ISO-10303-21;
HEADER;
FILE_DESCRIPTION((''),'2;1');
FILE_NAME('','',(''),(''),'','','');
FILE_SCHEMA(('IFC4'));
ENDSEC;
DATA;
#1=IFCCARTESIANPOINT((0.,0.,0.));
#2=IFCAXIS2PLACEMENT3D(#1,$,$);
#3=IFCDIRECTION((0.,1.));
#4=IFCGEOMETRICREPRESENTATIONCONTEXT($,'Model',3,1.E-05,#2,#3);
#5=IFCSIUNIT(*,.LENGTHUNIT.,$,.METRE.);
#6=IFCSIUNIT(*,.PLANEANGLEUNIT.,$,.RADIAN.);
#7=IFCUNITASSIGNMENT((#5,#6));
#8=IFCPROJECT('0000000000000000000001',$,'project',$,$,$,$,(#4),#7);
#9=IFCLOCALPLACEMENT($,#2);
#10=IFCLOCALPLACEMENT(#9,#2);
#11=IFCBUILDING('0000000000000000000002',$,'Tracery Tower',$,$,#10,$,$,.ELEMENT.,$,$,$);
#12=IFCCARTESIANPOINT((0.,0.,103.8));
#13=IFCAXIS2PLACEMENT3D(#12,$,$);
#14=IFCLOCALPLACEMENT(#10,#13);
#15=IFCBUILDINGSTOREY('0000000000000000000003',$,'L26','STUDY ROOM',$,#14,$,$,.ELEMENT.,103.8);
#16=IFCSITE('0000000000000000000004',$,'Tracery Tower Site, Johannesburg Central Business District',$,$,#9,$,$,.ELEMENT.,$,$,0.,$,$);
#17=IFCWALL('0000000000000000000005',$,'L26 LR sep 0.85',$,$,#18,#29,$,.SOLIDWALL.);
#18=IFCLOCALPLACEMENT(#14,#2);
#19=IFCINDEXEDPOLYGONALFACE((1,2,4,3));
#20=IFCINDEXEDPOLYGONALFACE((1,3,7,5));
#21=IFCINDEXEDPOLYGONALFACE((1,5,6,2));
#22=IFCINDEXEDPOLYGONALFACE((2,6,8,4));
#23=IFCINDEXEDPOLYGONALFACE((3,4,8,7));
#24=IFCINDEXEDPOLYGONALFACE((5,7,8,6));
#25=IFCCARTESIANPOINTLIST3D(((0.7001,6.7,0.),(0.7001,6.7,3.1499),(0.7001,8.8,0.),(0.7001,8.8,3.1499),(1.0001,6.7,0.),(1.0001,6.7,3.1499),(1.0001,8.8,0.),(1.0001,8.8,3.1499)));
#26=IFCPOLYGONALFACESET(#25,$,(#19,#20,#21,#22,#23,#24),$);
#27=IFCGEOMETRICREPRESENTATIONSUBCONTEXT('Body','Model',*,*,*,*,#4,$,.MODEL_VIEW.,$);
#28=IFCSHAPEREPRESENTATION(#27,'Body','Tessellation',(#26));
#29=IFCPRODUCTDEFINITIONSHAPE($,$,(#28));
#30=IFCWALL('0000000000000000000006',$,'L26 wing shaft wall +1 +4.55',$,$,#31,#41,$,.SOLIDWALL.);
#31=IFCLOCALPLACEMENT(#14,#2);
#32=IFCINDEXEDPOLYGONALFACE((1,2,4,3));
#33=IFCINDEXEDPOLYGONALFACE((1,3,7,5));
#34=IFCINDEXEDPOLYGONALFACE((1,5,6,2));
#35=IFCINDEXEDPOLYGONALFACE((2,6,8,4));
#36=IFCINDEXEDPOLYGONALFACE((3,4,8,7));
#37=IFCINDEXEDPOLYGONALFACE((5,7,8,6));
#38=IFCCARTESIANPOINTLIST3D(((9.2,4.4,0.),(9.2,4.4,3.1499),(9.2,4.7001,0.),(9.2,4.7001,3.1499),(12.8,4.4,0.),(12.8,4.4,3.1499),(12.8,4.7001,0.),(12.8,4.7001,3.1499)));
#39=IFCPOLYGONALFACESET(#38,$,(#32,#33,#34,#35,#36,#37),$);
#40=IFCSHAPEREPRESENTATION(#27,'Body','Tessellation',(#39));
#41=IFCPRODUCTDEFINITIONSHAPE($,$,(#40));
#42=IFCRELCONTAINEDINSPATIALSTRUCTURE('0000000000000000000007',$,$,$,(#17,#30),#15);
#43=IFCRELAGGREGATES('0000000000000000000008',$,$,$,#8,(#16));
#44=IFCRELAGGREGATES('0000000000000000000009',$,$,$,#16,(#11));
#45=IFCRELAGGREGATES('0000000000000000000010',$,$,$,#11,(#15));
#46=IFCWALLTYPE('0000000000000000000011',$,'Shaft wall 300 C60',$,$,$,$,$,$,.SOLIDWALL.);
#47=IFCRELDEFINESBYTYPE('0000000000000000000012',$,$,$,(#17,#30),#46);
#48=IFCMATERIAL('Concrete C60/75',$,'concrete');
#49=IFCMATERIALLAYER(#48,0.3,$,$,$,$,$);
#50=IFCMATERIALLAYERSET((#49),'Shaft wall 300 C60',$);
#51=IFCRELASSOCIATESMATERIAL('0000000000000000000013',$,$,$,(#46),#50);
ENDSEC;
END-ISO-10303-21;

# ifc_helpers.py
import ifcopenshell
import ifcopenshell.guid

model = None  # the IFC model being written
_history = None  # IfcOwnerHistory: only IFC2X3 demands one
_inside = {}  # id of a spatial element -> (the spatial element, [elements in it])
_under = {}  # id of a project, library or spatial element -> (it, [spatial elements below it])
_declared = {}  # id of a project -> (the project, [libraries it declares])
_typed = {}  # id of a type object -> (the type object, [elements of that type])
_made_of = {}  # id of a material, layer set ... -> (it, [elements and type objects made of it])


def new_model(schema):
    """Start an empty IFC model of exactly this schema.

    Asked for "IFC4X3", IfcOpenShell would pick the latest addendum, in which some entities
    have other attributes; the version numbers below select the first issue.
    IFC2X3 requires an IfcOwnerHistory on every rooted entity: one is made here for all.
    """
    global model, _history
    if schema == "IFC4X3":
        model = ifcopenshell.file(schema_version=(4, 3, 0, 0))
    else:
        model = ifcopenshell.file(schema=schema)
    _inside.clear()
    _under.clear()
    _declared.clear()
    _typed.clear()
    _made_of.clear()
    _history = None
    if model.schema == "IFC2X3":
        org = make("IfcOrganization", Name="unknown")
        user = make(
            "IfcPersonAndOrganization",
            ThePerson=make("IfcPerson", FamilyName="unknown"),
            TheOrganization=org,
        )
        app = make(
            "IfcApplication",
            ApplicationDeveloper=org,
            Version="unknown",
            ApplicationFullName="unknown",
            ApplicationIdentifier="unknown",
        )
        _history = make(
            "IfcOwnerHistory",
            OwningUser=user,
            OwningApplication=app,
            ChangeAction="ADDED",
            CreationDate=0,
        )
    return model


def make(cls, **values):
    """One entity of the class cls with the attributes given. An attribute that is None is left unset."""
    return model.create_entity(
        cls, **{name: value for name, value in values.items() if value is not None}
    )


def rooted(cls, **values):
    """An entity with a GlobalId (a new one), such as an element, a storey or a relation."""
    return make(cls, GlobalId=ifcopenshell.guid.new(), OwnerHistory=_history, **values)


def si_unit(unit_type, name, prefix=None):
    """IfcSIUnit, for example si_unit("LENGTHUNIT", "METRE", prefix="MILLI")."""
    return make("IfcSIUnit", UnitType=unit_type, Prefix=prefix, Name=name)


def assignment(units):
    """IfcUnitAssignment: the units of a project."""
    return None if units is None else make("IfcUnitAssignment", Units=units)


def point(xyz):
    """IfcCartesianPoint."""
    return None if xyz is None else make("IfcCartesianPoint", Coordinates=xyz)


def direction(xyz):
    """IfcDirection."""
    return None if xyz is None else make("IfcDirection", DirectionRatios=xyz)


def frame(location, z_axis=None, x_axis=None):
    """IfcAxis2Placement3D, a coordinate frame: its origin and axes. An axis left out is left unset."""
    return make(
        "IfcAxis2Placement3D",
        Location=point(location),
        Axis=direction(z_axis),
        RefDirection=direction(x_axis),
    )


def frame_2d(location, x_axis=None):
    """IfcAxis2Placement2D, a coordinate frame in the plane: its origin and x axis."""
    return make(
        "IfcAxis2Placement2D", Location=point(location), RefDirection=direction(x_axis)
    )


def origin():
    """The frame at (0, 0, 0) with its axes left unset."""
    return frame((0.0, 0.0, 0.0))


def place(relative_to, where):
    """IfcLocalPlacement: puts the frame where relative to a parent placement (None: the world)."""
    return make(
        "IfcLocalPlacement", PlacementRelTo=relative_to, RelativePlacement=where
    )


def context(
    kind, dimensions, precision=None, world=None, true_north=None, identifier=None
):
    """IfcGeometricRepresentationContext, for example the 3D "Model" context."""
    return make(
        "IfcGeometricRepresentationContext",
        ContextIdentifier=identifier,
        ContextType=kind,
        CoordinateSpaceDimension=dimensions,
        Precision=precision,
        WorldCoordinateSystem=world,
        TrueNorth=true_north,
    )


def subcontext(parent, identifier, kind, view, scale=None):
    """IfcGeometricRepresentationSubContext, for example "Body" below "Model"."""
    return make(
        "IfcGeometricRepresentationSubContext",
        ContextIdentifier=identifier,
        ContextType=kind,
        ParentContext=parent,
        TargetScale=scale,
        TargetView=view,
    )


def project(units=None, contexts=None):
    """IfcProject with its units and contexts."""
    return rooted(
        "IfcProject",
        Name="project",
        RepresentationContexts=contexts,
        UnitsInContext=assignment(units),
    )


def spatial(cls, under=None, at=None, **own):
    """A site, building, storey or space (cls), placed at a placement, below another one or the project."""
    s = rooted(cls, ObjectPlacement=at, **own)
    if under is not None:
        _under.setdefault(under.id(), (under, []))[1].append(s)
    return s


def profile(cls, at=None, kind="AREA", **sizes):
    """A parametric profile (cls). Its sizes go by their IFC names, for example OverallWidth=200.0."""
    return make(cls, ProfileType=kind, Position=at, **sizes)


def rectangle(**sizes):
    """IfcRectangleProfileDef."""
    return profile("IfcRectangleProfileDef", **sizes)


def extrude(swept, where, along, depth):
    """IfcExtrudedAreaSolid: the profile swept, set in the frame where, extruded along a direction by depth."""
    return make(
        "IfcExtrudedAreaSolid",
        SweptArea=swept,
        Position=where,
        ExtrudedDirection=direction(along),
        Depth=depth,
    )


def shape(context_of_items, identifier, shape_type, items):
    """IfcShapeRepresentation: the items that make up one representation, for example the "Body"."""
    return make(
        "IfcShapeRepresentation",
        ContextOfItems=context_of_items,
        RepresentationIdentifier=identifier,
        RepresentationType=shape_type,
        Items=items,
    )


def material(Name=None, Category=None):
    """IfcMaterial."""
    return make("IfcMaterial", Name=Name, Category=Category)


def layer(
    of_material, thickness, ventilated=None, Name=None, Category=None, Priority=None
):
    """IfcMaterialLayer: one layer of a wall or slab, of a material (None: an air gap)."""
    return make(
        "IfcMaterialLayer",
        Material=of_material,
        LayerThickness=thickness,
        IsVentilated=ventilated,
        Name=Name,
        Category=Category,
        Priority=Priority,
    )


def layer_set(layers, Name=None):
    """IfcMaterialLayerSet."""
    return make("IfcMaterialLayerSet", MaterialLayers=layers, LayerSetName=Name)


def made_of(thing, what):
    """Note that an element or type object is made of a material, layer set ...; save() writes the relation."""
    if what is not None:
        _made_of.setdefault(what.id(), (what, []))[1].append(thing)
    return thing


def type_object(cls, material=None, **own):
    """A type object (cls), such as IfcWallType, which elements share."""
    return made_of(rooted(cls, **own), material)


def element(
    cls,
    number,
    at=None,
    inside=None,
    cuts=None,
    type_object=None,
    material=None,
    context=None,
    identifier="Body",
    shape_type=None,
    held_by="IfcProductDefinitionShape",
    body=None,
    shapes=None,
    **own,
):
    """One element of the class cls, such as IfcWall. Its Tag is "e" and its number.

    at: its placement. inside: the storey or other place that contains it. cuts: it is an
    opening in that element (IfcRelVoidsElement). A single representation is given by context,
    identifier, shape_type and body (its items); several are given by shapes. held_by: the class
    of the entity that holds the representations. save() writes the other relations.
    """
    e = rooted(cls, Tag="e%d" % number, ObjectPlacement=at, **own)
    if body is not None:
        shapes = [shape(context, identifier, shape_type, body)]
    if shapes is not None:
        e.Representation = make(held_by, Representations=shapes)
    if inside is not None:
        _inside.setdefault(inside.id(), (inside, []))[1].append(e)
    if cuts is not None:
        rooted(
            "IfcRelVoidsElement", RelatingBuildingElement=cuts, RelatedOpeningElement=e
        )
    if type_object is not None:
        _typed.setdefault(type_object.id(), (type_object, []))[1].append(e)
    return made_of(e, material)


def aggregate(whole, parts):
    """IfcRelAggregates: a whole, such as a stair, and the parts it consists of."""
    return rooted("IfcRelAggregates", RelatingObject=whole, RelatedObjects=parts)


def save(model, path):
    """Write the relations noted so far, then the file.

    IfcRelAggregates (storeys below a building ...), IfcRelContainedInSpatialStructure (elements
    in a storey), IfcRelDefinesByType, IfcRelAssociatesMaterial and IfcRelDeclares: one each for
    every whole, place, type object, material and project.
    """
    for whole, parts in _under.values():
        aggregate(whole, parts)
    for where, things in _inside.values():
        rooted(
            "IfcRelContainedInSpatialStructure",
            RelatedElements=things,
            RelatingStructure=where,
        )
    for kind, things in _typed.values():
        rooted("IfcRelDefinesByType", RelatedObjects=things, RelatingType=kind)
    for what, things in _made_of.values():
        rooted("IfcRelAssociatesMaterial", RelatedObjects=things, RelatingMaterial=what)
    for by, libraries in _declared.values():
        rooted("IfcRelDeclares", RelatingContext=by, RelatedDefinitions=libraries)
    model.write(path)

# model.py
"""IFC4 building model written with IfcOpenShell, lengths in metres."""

from ifc_helpers import new_model, si_unit, direction, frame, frame_2d, origin, place, context, subcontext, project, spatial, rectangle, extrude, material, layer, layer_set, type_object, element, save


model = new_model("IFC4")

# Units and contexts
model_context = context("Model", 3, precision=1e-05, world=origin(), true_north=direction((0.0, 1.0)))
body_context = subcontext(model_context, "Body", "Model", "MODEL_VIEW")
ifc_project = project(units=[si_unit("LENGTHUNIT", "METRE"), si_unit("PLANEANGLEUNIT", "RADIAN")], contexts=[model_context])

# Site, building, storey
site_placement = place(None, origin())
site = spatial("IfcSite", under=ifc_project, at=site_placement, Name="Tracery Tower Site, Johannesburg Central Business District", CompositionType="ELEMENT", RefElevation=0.0)
building_placement = place(site_placement, origin())
building = spatial("IfcBuilding", under=site, at=building_placement, Name="Tracery Tower", CompositionType="ELEMENT")
storey_placement = place(building_placement, frame((0.0, 0.0, 103.8)))
storey = spatial("IfcBuildingStorey", under=building, at=storey_placement, Name="L26", Description="STUDY ROOM", CompositionType="ELEMENT", Elevation=103.8)

# Walls
ifc_material_1 = material(Name="Concrete C60/75", Category="concrete")
ifc_layer_1 = layer(ifc_material_1, 0.3)
ifc_layer_set_1 = layer_set([ifc_layer_1], Name="Shaft wall 300 C60")
wall_type_1 = type_object("IfcWallType", Name="Shaft wall 300 C60", PredefinedType="SOLIDWALL", material=ifc_layer_set_1)
wall_1_placement = place(storey_placement, frame((0.8501, 6.7, 0.0), z_axis=(0.0, 0.0, 1.0), x_axis=(0.0, 1.0, 0.0)))
element("IfcWall", 1, at=wall_1_placement, inside=storey, type_object=wall_type_1, Name="L26 LR sep 0.85", PredefinedType="SOLIDWALL", context=body_context, shape_type="SweptSolid", body=[
    extrude(rectangle(XDim=2.1001, YDim=0.3, at=frame_2d((1.05, 0.0))), origin(), (0.0, 0.0, 1.0), 3.1499),
])
wall_2_placement = place(storey_placement, frame((9.2, 4.55, 0.0), z_axis=(0.0, 0.0, 1.0), x_axis=(1.0, 0.0, 0.0)))
element("IfcWall", 2, at=wall_2_placement, inside=storey, type_object=wall_type_1, Name="L26 wing shaft wall +1 +4.55", PredefinedType="SOLIDWALL", context=body_context, shape_type="SweptSolid", body=[
    extrude(rectangle(XDim=3.6001, YDim=0.3, at=frame_2d((1.8, 0.0))), origin(), (0.0, 0.0, 1.0), 3.1499),
])

save(model, "model.ifc")
